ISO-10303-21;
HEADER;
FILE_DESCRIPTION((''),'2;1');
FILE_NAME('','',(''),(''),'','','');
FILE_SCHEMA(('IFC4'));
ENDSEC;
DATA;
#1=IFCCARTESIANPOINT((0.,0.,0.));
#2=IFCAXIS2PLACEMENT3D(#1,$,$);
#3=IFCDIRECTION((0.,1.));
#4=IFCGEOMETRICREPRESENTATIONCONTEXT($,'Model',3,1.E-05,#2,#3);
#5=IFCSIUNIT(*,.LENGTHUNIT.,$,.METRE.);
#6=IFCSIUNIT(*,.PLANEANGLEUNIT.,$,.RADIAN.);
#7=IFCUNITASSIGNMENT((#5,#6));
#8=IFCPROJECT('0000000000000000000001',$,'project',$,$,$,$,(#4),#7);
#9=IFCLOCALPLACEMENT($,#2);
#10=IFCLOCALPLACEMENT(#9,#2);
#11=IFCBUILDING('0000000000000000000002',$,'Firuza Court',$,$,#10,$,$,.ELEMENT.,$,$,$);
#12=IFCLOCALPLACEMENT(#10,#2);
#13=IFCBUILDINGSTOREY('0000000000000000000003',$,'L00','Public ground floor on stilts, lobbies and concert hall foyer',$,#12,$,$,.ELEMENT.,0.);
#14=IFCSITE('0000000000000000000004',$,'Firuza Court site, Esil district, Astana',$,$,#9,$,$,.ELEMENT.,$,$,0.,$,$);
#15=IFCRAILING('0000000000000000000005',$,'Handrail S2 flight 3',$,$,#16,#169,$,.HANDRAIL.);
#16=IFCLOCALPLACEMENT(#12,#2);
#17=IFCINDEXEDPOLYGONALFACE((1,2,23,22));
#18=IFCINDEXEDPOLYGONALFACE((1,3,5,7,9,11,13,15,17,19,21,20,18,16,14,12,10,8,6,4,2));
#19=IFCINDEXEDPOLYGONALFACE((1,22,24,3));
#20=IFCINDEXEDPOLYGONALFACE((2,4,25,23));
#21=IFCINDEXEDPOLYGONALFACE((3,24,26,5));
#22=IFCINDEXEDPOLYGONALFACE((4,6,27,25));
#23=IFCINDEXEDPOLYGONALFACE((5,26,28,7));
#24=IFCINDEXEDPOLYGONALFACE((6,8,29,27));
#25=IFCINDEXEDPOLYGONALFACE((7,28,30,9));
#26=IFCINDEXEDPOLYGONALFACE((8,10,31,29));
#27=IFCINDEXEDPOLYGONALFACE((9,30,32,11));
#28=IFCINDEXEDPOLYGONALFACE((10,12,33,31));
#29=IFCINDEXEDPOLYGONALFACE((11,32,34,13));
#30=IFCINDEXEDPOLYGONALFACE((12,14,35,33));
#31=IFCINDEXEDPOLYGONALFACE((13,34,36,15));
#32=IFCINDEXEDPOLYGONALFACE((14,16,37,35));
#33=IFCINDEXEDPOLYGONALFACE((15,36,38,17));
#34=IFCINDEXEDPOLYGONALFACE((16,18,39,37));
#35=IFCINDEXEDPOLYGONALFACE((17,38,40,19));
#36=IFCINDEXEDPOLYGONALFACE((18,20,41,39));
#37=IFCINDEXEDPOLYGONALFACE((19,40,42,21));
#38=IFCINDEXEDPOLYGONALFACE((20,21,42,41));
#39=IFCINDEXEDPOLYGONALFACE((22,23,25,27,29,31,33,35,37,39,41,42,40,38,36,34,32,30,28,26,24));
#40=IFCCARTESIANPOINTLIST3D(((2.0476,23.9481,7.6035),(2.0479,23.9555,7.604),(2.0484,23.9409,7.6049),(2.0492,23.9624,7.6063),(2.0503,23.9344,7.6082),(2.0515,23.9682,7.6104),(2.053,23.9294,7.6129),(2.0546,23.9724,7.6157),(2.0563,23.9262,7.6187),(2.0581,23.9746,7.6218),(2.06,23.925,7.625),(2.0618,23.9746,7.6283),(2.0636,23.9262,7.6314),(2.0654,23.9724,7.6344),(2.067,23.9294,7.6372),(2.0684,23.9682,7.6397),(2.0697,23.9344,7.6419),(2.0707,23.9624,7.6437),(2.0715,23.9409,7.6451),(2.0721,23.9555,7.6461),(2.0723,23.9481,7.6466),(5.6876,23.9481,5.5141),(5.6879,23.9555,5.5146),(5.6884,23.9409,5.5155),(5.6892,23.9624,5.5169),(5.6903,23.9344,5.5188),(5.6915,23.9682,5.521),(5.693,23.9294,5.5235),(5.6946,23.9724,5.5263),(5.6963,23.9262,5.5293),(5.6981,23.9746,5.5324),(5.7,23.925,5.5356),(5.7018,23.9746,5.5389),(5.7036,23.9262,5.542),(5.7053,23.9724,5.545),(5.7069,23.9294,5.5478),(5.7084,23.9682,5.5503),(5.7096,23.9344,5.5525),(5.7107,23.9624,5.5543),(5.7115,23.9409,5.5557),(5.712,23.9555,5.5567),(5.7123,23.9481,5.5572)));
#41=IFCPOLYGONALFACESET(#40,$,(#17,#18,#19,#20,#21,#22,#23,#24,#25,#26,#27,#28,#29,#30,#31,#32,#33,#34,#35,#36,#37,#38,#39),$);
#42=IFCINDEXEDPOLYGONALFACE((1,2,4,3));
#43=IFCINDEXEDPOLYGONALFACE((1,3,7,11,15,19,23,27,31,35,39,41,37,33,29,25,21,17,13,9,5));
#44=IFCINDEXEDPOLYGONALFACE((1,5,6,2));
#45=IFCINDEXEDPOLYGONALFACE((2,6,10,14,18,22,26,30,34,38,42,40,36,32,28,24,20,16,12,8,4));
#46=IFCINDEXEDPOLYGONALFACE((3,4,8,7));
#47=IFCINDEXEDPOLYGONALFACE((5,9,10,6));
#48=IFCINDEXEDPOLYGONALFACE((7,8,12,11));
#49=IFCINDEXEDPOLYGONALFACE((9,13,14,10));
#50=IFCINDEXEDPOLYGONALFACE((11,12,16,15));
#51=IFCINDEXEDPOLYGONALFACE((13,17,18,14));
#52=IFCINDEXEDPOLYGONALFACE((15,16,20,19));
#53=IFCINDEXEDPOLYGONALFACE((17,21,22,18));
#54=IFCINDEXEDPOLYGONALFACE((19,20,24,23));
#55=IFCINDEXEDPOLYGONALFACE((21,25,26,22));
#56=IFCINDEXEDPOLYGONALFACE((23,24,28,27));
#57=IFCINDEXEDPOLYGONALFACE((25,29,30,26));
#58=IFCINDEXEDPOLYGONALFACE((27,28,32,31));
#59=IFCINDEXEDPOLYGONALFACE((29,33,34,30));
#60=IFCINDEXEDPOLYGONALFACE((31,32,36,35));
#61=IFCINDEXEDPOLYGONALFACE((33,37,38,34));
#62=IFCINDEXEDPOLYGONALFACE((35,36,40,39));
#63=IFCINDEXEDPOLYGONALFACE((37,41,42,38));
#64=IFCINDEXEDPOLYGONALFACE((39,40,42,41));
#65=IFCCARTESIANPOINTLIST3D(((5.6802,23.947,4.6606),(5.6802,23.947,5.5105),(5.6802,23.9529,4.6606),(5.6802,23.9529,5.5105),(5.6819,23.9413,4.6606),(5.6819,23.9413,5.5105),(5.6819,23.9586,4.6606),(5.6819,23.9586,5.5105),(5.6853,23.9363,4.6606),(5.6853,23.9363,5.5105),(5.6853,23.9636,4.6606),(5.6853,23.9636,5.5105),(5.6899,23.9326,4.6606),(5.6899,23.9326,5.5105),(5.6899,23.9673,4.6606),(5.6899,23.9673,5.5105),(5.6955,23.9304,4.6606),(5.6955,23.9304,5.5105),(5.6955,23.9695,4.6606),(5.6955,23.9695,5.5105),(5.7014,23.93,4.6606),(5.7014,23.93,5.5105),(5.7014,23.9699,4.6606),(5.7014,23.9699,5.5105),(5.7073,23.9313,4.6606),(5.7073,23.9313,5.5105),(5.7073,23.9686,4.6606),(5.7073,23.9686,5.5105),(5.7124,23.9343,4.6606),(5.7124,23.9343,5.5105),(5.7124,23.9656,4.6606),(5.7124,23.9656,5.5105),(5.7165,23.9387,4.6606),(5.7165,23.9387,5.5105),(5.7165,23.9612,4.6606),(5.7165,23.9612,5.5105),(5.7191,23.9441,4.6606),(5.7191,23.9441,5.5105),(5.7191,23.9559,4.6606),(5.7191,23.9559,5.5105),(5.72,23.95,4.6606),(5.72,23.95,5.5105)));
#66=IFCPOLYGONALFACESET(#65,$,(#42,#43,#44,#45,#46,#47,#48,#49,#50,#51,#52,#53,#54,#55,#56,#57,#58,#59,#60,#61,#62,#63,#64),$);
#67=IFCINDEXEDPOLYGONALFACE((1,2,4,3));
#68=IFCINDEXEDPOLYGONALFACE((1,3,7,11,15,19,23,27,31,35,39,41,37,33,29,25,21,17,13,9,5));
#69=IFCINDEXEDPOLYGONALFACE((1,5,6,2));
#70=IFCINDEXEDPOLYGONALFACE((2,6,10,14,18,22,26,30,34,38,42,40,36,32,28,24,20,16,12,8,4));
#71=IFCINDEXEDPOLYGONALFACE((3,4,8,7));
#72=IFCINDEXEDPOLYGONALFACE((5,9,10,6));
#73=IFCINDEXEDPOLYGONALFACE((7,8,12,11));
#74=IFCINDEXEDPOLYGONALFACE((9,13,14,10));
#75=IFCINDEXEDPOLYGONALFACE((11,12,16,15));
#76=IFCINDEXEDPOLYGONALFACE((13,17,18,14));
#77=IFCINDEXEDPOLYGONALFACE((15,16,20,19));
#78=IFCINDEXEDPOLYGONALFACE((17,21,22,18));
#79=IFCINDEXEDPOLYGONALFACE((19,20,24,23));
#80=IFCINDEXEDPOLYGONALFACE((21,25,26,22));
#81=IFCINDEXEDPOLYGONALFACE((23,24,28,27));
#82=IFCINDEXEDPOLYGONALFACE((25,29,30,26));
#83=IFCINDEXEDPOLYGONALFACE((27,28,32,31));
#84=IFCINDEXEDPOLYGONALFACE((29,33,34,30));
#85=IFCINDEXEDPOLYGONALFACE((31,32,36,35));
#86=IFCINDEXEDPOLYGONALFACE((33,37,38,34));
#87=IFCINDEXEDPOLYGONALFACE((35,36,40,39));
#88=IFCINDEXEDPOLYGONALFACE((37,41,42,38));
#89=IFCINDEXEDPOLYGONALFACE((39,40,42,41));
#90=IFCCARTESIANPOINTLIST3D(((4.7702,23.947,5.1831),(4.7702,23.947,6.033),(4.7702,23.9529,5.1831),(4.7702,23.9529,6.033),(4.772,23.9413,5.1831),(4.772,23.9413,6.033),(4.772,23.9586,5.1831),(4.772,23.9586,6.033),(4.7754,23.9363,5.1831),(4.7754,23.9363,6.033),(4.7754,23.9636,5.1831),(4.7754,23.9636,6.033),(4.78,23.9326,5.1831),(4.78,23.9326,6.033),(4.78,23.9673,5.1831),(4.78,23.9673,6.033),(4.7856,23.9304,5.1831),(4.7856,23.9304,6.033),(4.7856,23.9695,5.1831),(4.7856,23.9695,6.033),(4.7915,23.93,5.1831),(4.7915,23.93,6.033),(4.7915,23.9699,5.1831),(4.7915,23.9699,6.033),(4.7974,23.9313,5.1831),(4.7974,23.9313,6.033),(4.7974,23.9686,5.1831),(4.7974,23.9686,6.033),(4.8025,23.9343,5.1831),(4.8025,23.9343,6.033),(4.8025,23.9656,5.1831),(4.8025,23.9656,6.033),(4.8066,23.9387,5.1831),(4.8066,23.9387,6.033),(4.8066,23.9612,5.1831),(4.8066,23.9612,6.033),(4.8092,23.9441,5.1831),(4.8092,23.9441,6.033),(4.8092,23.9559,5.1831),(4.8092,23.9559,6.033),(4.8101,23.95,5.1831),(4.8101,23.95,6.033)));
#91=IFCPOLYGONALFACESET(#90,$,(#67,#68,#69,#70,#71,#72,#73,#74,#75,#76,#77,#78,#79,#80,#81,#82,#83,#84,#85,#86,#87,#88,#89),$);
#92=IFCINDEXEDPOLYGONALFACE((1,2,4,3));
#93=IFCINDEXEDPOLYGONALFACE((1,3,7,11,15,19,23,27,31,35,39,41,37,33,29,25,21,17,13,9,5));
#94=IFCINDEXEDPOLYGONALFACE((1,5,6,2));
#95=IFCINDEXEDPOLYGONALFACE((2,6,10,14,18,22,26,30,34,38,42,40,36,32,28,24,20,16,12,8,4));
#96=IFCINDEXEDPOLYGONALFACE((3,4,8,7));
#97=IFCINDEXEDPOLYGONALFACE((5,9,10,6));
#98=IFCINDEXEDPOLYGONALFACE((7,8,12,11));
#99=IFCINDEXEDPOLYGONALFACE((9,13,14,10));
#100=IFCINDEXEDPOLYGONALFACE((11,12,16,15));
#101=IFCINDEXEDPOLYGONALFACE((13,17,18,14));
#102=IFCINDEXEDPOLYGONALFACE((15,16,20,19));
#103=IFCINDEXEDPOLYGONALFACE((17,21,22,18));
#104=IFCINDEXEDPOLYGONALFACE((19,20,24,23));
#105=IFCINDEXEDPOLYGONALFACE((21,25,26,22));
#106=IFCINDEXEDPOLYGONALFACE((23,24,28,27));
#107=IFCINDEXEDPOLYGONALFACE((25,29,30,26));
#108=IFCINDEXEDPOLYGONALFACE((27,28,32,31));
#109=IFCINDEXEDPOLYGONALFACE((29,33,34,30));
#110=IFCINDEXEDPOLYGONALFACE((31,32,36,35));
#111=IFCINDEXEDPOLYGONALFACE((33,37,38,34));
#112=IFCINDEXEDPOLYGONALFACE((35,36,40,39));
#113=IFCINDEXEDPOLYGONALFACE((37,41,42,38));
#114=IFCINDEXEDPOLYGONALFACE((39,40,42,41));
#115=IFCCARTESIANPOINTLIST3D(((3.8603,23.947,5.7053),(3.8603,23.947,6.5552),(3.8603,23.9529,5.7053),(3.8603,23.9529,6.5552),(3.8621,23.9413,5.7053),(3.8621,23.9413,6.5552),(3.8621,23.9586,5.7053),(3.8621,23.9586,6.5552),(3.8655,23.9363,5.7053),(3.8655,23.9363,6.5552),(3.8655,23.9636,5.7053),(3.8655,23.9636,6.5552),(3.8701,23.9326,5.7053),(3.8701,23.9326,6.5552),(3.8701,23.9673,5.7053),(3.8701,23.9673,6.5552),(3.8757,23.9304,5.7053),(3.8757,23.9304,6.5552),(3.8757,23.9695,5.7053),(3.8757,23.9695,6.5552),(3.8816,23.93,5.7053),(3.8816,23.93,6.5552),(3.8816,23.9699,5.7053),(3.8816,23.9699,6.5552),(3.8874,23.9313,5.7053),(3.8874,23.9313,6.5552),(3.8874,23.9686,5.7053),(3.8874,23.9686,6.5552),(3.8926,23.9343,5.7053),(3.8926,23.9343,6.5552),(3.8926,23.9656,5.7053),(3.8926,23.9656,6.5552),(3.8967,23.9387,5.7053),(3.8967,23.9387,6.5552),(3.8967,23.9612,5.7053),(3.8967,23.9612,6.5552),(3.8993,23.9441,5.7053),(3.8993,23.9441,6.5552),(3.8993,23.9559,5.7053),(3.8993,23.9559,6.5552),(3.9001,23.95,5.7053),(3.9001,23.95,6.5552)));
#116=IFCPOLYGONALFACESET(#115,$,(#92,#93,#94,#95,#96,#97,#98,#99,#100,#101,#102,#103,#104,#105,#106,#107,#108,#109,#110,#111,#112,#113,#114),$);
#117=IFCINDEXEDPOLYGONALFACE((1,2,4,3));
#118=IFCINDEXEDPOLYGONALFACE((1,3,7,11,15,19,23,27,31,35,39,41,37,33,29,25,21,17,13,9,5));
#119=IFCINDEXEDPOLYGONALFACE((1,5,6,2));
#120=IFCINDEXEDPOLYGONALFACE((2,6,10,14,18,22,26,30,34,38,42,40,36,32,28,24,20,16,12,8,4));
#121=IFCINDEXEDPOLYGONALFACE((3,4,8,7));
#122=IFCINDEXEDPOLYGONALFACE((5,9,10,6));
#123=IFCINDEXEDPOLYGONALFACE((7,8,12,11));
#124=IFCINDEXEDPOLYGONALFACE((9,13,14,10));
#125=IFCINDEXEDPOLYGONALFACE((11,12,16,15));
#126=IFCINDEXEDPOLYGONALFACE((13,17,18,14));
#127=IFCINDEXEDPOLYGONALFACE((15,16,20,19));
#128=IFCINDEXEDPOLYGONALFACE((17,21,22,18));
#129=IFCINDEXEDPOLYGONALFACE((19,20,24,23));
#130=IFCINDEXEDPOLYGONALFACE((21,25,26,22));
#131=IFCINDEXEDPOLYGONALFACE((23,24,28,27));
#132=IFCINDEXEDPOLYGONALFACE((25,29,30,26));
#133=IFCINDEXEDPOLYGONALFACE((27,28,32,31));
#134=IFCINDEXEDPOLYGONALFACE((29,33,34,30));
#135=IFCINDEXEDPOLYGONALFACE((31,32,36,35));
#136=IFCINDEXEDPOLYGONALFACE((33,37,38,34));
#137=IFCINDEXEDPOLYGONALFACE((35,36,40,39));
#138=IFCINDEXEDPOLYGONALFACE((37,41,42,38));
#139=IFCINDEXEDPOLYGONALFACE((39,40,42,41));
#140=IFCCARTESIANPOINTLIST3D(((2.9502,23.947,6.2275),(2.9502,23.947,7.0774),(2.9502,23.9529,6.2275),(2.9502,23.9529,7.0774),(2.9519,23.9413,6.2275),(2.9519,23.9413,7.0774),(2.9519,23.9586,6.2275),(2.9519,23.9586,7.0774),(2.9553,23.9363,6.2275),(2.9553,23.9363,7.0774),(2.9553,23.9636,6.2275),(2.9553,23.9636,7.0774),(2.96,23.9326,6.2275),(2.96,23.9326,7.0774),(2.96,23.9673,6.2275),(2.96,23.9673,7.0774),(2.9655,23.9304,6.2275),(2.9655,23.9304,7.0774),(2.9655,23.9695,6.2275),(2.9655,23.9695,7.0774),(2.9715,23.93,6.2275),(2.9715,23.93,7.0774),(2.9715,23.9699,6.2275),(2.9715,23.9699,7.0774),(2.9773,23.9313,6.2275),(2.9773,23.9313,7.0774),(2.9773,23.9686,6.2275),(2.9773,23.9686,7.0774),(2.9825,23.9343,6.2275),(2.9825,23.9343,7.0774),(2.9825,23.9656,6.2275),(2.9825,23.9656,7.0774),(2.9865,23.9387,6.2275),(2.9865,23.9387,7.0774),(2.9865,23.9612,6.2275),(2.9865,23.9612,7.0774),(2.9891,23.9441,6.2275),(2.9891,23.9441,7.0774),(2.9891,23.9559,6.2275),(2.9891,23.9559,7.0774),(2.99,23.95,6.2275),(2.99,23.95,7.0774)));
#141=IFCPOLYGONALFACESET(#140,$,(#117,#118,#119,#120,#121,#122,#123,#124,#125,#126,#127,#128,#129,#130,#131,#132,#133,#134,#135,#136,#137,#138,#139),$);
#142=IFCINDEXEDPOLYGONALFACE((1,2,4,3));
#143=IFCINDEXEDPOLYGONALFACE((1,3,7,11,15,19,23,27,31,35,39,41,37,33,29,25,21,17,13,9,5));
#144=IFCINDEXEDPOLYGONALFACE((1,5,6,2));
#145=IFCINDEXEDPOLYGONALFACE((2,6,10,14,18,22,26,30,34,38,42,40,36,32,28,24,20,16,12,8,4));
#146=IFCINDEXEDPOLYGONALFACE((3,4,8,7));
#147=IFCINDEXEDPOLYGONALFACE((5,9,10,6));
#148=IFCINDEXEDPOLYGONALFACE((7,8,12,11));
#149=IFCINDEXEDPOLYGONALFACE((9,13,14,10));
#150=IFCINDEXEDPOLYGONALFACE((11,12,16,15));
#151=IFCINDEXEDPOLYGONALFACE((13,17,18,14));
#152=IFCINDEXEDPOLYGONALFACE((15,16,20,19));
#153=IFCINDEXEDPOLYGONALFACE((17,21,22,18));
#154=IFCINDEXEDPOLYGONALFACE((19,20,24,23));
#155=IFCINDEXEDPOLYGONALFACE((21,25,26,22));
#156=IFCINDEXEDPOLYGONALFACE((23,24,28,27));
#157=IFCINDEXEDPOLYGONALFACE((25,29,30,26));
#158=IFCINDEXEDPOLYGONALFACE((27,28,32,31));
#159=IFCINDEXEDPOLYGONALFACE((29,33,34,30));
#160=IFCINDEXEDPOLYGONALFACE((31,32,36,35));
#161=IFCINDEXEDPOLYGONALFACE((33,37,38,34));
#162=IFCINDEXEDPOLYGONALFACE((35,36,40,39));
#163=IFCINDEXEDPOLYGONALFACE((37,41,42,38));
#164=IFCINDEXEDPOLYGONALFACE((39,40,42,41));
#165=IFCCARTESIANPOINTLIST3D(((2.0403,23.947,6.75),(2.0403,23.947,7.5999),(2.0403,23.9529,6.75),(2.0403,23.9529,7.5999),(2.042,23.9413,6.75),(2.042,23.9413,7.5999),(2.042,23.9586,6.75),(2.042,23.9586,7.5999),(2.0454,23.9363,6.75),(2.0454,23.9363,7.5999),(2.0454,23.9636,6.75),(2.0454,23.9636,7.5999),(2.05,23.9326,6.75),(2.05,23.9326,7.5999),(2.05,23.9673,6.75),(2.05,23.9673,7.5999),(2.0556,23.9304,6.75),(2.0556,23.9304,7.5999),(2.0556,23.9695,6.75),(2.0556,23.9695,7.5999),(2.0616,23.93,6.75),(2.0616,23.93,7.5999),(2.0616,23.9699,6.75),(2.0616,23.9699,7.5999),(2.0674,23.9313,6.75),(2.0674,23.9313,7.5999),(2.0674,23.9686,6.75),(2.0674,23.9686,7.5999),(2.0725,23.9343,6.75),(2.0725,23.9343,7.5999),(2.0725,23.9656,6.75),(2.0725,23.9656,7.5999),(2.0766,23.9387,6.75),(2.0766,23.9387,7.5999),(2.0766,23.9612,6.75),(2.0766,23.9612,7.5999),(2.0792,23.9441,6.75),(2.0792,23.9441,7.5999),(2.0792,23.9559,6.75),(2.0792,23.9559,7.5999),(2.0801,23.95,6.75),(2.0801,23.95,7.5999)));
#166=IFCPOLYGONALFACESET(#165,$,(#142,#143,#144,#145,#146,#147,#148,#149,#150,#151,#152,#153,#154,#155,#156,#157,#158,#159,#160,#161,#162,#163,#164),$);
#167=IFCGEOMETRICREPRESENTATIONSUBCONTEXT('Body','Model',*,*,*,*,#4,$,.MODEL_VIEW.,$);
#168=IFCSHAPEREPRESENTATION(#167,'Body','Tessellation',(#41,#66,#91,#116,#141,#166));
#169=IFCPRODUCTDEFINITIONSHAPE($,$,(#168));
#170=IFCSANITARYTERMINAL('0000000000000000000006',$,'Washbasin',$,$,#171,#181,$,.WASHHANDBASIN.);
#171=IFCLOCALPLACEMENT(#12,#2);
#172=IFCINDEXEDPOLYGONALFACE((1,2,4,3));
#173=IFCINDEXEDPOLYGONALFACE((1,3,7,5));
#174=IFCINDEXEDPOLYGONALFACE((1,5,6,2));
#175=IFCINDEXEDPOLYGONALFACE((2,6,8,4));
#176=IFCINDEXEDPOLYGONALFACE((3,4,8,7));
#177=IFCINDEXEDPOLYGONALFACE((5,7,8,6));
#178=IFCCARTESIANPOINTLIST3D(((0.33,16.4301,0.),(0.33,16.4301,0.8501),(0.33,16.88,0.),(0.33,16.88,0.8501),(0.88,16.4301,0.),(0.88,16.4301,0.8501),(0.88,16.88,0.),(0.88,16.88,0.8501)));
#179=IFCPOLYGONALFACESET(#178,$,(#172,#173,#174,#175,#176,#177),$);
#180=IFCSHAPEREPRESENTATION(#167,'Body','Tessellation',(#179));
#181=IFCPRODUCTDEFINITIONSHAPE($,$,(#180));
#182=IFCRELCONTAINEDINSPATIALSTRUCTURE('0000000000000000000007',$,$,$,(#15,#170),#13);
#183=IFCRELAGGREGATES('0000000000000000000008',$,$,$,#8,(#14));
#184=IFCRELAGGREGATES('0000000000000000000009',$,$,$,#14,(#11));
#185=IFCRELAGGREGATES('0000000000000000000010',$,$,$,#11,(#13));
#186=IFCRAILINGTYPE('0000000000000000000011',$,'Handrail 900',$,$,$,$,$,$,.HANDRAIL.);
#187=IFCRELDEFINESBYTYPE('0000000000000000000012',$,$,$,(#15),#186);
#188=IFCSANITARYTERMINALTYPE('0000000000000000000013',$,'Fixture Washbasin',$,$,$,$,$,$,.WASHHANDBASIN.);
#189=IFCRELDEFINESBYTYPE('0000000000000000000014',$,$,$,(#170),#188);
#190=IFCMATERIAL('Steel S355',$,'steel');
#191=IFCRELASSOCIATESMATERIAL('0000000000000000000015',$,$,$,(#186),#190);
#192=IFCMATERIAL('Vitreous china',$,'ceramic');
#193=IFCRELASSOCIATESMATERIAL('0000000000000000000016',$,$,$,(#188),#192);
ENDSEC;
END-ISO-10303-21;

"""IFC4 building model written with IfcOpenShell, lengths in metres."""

from ifc_helpers import new_model, si_unit, direction, frame, origin, origin_2d, place, context, subcontext, project, spatial, rectangle, circle, extrude, material, type_object, element, save


model = new_model("IFC4")

# Units and contexts
model_context = context("Model", 3, precision=1e-05, world=origin(), true_north=direction((0.0, 1.0)))
body_context = subcontext(model_context, "Body", "Model", "MODEL_VIEW")
ifc_project = project(units=[si_unit("LENGTHUNIT", "METRE"), si_unit("PLANEANGLEUNIT", "RADIAN")], contexts=[model_context])

# Site, building, storey
site_placement = place(None, origin())
site = spatial("IfcSite", under=ifc_project, at=site_placement, Name="Firuza Court site, Esil district, Astana", CompositionType="ELEMENT", RefElevation=0.0)
building_placement = place(site_placement, origin())
building = spatial("IfcBuilding", under=site, at=building_placement, Name="Firuza Court", CompositionType="ELEMENT")
storey_placement = place(building_placement, origin())
storey = spatial("IfcBuildingStorey", under=building, at=storey_placement, Name="L00", Description="Public ground floor on stilts, lobbies and concert hall foyer", CompositionType="ELEMENT", Elevation=0.0)

# Railing
ifc_material_1 = material(Name="Steel S355", Category="steel")
railing_type = type_object("IfcRailingType", Name="Handrail 900", PredefinedType="HANDRAIL", material=ifc_material_1)
for number, where, name in (
    (1, (5.7, 23.95, 4.6606), "Handrail S2 flight 3"),
):
    element("IfcRailing", number, at=place(storey_placement, frame(where)), inside=storey, type_object=railing_type, Name=name, PredefinedType="HANDRAIL", context=body_context, shape_type="SweptSolid", body=[
        extrude(circle(Radius=0.0249, at=origin_2d()), frame((0.0, 0.0, 0.875), z_axis=(-0.867275, 0.0, 0.497829), x_axis=(0.0, -1.0, 0.0)), (0.0, 0.0, 1.0), 4.197),
        extrude(circle(Radius=0.02, at=origin_2d()), origin(), (0.0, 0.0, 1.0), 0.8499),
        extrude(circle(Radius=0.02, at=origin_2d()), frame((-0.9099, 0.0, 0.5225)), (0.0, 0.0, 1.0), 0.8499),
        extrude(circle(Radius=0.02, at=origin_2d()), frame((-1.8198, 0.0, 1.0447)), (0.0, 0.0, 1.0), 0.8499),
        extrude(circle(Radius=0.02, at=origin_2d()), frame((-2.73, 0.0, 1.5669)), (0.0, 0.0, 1.0), 0.8499),
        extrude(circle(Radius=0.02, at=origin_2d()), frame((-3.6399, 0.0, 2.0894)), (0.0, 0.0, 1.0), 0.8499),
    ])

# Sanitary terminal
ifc_material_2 = material(Name="Vitreous china", Category="ceramic")
sanitary_terminal_type = type_object("IfcSanitaryTerminalType", Name="Fixture Washbasin", PredefinedType="WASHHANDBASIN", material=ifc_material_2)
sanitary_terminal_placement = place(storey_placement, frame((0.605, 16.655, 0.0), z_axis=(0.0, 0.0, 1.0), x_axis=(1.0, 0.0, 0.0)))
element("IfcSanitaryTerminal", 2, at=sanitary_terminal_placement, inside=storey, type_object=sanitary_terminal_type, Name="Washbasin", PredefinedType="WASHHANDBASIN", context=body_context, shape_type="SweptSolid", body=[
    extrude(rectangle(XDim=0.55, YDim=0.45, at=origin_2d()), origin(), (0.0, 0.0, 1.0), 0.8501),
])

save(model, "model.ifc")
